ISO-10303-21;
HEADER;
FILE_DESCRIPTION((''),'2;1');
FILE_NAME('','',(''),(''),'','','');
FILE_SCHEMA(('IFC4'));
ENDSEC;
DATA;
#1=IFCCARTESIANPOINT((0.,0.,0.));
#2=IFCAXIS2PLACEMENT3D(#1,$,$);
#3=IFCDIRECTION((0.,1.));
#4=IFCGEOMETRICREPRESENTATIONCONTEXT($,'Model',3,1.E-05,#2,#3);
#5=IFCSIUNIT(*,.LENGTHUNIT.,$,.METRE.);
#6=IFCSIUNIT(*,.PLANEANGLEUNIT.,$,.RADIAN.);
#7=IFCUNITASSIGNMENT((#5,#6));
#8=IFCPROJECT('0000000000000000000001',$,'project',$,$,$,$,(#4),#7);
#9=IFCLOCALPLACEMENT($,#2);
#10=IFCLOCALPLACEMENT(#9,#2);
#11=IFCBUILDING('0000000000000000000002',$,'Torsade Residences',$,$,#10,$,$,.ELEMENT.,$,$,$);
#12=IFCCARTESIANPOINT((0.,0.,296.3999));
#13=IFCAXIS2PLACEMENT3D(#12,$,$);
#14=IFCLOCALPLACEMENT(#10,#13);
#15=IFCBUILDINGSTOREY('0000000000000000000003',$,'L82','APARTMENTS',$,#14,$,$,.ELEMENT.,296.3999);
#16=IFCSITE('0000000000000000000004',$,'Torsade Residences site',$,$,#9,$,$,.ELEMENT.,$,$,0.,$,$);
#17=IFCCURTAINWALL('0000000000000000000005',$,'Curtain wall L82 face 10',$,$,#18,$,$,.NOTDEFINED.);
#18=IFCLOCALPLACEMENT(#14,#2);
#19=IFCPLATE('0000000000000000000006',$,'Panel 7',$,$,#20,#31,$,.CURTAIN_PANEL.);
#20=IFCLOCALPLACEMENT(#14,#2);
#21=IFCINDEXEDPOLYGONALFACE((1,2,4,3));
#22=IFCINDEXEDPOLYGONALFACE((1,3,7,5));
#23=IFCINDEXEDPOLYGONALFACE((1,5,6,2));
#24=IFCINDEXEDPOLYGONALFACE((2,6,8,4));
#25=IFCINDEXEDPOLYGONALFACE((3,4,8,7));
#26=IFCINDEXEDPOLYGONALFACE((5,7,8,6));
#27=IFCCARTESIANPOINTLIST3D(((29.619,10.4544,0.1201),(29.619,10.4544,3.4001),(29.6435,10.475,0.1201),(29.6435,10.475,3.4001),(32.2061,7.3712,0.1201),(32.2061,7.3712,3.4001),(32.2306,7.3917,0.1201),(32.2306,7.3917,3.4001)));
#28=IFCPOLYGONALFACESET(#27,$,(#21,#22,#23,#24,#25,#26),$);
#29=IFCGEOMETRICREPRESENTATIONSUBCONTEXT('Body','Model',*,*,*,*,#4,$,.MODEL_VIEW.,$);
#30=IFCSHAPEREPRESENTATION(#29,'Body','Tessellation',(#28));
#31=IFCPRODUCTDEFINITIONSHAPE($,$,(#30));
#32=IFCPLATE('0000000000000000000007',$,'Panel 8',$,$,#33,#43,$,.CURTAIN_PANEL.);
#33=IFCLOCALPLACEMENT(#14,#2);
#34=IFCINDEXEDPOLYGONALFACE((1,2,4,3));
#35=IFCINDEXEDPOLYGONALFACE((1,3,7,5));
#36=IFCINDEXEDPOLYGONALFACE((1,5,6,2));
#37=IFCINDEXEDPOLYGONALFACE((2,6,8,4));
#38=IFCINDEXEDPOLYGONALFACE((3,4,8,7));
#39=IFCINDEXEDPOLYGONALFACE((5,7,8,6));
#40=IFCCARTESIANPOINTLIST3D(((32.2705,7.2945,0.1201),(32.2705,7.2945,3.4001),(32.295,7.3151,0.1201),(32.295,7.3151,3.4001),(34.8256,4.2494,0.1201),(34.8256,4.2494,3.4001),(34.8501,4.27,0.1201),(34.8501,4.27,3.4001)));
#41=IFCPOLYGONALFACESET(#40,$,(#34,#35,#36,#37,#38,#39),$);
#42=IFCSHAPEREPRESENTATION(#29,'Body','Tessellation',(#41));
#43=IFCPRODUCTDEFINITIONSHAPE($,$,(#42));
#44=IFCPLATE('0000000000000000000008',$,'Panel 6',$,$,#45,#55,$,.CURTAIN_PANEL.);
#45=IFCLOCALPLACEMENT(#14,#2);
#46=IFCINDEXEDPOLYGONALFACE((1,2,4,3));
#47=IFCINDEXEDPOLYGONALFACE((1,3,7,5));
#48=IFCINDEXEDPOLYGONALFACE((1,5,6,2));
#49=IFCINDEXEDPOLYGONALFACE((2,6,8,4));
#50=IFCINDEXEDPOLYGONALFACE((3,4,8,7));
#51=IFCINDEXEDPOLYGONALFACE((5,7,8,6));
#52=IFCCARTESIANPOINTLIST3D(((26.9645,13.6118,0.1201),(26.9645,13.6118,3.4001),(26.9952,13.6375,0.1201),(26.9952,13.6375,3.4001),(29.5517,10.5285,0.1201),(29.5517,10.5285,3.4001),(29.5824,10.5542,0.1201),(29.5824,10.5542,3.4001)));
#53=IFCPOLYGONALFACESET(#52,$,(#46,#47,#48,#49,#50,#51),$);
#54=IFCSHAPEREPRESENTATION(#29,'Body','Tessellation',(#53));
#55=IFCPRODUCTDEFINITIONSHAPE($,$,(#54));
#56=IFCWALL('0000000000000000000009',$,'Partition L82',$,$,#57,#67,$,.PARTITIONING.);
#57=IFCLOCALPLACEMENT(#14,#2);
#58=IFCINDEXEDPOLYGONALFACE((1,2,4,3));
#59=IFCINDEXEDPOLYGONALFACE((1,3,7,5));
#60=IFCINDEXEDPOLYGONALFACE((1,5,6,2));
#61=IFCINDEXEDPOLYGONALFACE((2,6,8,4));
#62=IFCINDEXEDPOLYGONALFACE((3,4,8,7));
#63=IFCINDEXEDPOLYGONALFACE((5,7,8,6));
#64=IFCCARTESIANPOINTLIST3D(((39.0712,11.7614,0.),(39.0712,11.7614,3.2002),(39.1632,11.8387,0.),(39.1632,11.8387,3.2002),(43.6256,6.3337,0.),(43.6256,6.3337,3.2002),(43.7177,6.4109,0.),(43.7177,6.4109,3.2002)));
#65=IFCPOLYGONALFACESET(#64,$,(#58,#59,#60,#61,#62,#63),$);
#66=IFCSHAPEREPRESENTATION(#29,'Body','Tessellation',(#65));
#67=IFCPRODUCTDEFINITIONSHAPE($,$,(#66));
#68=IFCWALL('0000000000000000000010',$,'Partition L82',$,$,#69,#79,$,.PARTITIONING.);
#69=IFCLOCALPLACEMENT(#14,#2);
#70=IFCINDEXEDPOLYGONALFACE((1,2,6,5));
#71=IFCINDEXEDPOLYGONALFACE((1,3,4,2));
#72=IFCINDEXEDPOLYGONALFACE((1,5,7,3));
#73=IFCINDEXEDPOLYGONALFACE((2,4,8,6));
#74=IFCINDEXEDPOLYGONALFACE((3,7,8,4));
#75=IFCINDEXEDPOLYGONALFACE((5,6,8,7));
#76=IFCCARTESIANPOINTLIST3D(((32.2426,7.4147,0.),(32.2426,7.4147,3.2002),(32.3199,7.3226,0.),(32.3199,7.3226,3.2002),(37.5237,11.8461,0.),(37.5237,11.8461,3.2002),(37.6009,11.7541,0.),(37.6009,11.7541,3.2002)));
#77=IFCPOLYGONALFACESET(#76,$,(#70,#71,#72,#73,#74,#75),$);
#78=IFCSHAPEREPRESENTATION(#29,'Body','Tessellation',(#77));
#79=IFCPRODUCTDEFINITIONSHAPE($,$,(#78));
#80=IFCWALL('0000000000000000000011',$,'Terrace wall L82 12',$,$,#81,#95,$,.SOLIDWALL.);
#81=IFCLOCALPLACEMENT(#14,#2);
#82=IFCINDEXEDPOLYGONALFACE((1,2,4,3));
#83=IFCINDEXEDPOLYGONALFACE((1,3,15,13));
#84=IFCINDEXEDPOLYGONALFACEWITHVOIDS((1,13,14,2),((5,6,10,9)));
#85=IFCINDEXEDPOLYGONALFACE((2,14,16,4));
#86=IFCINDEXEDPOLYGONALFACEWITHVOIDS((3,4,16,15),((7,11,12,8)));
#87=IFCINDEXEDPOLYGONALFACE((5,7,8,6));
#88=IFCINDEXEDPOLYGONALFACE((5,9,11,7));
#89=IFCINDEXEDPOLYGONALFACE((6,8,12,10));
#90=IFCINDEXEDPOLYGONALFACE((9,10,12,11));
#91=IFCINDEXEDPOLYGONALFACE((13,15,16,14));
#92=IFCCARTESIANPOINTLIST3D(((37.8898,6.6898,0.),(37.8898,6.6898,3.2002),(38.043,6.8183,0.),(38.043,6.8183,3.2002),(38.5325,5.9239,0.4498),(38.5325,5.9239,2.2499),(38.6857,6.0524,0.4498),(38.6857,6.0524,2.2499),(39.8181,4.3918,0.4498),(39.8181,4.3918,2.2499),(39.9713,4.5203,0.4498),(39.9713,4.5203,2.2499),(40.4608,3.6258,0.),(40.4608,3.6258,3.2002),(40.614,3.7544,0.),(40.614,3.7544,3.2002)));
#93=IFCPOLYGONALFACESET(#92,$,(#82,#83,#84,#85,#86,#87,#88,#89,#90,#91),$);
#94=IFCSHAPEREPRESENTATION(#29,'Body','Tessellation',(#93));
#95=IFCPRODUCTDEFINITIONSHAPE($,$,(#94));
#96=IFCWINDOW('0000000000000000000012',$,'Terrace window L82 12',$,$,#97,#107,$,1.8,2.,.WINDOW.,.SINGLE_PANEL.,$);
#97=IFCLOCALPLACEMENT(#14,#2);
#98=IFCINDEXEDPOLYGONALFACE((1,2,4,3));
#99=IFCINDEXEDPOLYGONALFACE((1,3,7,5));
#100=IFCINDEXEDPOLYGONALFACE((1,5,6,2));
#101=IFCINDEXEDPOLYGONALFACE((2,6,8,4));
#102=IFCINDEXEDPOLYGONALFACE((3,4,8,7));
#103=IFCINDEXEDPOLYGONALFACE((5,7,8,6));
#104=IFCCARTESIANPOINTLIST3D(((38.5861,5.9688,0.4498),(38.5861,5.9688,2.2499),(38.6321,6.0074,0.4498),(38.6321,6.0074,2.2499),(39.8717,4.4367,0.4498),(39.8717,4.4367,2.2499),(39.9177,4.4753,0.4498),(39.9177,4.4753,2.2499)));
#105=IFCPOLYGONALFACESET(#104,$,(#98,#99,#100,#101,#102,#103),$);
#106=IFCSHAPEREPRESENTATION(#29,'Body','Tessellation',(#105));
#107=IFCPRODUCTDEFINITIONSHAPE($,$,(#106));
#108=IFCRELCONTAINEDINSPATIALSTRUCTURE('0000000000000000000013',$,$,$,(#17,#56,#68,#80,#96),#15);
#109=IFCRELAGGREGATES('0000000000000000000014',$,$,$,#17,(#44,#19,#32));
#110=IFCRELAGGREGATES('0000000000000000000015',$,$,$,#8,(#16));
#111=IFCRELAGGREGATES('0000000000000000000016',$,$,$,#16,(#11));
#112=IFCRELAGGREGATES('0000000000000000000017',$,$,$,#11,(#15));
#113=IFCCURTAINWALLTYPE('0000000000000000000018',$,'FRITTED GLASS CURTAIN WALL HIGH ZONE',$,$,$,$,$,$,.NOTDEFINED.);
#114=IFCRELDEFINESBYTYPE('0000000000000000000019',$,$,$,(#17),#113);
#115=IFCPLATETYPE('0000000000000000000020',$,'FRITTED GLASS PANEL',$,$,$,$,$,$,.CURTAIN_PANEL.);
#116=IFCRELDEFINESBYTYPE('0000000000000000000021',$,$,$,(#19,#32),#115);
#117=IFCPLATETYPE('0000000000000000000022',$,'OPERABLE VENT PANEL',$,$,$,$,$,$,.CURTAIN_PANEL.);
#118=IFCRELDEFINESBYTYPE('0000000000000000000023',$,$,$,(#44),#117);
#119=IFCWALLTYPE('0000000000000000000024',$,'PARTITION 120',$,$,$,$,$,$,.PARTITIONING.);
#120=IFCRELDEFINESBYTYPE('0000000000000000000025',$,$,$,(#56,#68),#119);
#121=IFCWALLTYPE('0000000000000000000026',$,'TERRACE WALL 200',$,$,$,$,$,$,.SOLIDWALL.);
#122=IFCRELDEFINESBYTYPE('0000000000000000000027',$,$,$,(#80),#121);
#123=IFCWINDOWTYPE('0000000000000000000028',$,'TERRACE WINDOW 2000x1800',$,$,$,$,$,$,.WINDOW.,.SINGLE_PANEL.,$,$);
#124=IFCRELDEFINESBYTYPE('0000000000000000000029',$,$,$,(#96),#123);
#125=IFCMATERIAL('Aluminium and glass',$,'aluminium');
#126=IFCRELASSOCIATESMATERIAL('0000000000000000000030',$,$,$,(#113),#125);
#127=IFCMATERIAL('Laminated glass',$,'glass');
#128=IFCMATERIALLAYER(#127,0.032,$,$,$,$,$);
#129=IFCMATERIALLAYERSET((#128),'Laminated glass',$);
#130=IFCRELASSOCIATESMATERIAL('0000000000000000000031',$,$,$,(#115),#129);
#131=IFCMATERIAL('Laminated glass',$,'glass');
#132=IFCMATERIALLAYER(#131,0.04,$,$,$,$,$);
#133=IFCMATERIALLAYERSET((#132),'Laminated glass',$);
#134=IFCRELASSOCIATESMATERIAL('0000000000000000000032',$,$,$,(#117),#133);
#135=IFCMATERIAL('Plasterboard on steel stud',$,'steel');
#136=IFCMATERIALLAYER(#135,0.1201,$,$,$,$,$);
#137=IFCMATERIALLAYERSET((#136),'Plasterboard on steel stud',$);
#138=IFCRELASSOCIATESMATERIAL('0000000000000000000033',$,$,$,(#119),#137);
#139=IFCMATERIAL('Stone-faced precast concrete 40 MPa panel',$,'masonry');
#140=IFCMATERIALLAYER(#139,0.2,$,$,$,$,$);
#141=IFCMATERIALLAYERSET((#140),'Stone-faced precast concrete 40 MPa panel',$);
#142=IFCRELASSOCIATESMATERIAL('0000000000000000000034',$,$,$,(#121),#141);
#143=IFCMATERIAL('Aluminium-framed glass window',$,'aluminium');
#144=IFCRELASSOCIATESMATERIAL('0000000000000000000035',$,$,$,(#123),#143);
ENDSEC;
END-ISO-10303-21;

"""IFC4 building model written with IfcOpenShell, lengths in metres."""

from ifc_helpers import new_model, si_unit, direction, frame, frame_2d, origin, origin_2d, place, context, subcontext, project, spatial, rectangle, extrude, material, layer, layer_set, type_object, element, fill, aggregate, save


model = new_model("IFC4")

# Units and contexts
model_context = context("Model", 3, precision=1e-05, world=origin(), true_north=direction((0.0, 1.0)))
body_context = subcontext(model_context, "Body", "Model", "MODEL_VIEW")
ifc_project = project(units=[si_unit("LENGTHUNIT", "METRE"), si_unit("PLANEANGLEUNIT", "RADIAN")], contexts=[model_context])

# Site, building, storey
site_placement = place(None, origin())
site = spatial("IfcSite", under=ifc_project, at=site_placement, Name="Torsade Residences site", CompositionType="ELEMENT", RefElevation=0.0)
building_placement = place(site_placement, origin())
building = spatial("IfcBuilding", under=site, at=building_placement, Name="Torsade Residences", CompositionType="ELEMENT")
storey_placement = place(building_placement, frame((0.0, 0.0, 296.3999)))
storey = spatial("IfcBuildingStorey", under=building, at=storey_placement, Name="L82", Description="APARTMENTS", CompositionType="ELEMENT", Elevation=296.3999)

# Curtain wall
ifc_material_1 = material(Name="Aluminium and glass", Category="aluminium")
curtain_wall_type = type_object("IfcCurtainWallType", Name="FRITTED GLASS CURTAIN WALL HIGH ZONE", PredefinedType="NOTDEFINED", material=ifc_material_1)
curtain_wall_placement = place(storey_placement, origin())
curtain_wall = element("IfcCurtainWall", 1, at=curtain_wall_placement, inside=storey, type_object=curtain_wall_type, Name="Curtain wall L82 face 10", PredefinedType="NOTDEFINED")

# Plates
ifc_material_2 = material(Name="Laminated glass", Category="glass")
ifc_layer_1 = layer(ifc_material_2, 0.032)
ifc_layer_set_1 = layer_set([ifc_layer_1], Name="Laminated glass")
plate_type_1 = type_object("IfcPlateType", Name="FRITTED GLASS PANEL", PredefinedType="CURTAIN_PANEL", material=ifc_layer_set_1)
plate_1_placement = place(storey_placement, frame((30.9248, 8.9231, 0.1201), z_axis=(0.0, 0.0, 1.0), x_axis=(0.642788, -0.766044, 0.0)))
plate_1 = element("IfcPlate", 2, at=plate_1_placement, type_object=plate_type_1, Name="Panel 7", PredefinedType="CURTAIN_PANEL", context=body_context, shape_type="SweptSolid", body=[
    extrude(rectangle(XDim=4.0249, YDim=0.032, at=origin_2d()), origin(), (0.0, 0.0, 1.0), 3.28),
])
plate_2_placement = place(storey_placement, frame((33.5603, 5.7822, 0.1201), z_axis=(0.0, 0.0, 1.0), x_axis=(0.642788, -0.766044, 0.0)))
plate_2 = element("IfcPlate", 3, at=plate_2_placement, type_object=plate_type_1, Name="Panel 8", PredefinedType="CURTAIN_PANEL", context=body_context, shape_type="SweptSolid", body=[
    extrude(rectangle(XDim=3.9751, YDim=0.032, at=origin_2d()), origin(), (0.0, 0.0, 1.0), 3.28),
])
ifc_material_3 = material(Name="Laminated glass", Category="glass")
ifc_layer_2 = layer(ifc_material_3, 0.04)
ifc_layer_set_2 = layer_set([ifc_layer_2], Name="Laminated glass")
plate_type_2 = type_object("IfcPlateType", Name="OPERABLE VENT PANEL", PredefinedType="CURTAIN_PANEL", material=ifc_layer_set_2)
plate_3_placement = place(storey_placement, frame((28.2734, 12.083, 0.1201), z_axis=(0.0, 0.0, 1.0), x_axis=(0.642788, -0.766044, 0.0)))
plate_3 = element("IfcPlate", 4, at=plate_3_placement, type_object=plate_type_2, Name="Panel 6", PredefinedType="CURTAIN_PANEL", context=body_context, shape_type="SweptSolid", body=[
    extrude(rectangle(XDim=4.0249, YDim=0.04, at=origin_2d()), origin(), (0.0, 0.0, 1.0), 3.28),
])
aggregate(curtain_wall, [plate_3, plate_1, plate_2])

# Walls
ifc_material_4 = material(Name="Plasterboard on steel stud", Category="steel")
ifc_layer_3 = layer(ifc_material_4, 0.1201)
ifc_layer_set_3 = layer_set([ifc_layer_3], Name="Plasterboard on steel stud")
wall_type_1 = type_object("IfcWallType", Name="PARTITION 120", PredefinedType="PARTITIONING", material=ifc_layer_set_3)
wall_1_placement = place(storey_placement, frame((39.1172, 11.8, 0.0), z_axis=(0.0, 0.0, 1.0), x_axis=(0.64279, -0.766042, 0.0)))
element("IfcWall", 5, at=wall_1_placement, inside=storey, type_object=wall_type_1, Name="Partition L82", PredefinedType="PARTITIONING", context=body_context, shape_type="SweptSolid", body=[
    extrude(rectangle(XDim=7.0854, YDim=0.1201, at=frame_2d((3.5427, 0.0))), origin(), (0.0, 0.0, 1.0), 3.2002),
])
wall_2_placement = place(storey_placement, frame((32.2812, 7.3687, 0.0), z_axis=(0.0, 0.0, 1.0), x_axis=(0.766037, 0.642797, 0.0)))
element("IfcWall", 6, at=wall_2_placement, inside=storey, type_object=wall_type_1, Name="Partition L82", PredefinedType="PARTITIONING", context=body_context, shape_type="SweptSolid", body=[
    extrude(rectangle(XDim=6.894, YDim=0.1201, at=frame_2d((3.447, 0.0))), origin(), (0.0, 0.0, 1.0), 3.2002),
])

# Shared definitions
ifc_material_5 = material(Name="Stone-faced precast concrete 40 MPa panel", Category="masonry")
ifc_layer_4 = layer(ifc_material_5, 0.2)
ifc_layer_set_4 = layer_set([ifc_layer_4], Name="Stone-faced precast concrete 40 MPa panel")
wall_type_2 = type_object("IfcWallType", Name="TERRACE WALL 200", PredefinedType="SOLIDWALL", material=ifc_layer_set_4)

# Wall, opening, window
wall_3_placement = place(storey_placement, frame((37.9663, 6.7542, 0.0), z_axis=(0.0, 0.0, 1.0), x_axis=(0.642798, -0.766035, 0.0)))
wall_3 = element("IfcWall", 7, at=wall_3_placement, inside=storey, type_object=wall_type_2, Name="Terrace wall L82 12", PredefinedType="SOLIDWALL", context=body_context, shape_type="SweptSolid", body=[
    extrude(rectangle(XDim=3.9998, YDim=0.2, at=frame_2d((2.0, 0.0))), origin(), (0.0, 0.0, 1.0), 3.2002),
])
opening_1_placement = place(wall_3_placement, frame((1.0, 0.0, 0.45)))
opening_1 = element("IfcOpeningElement", 8, at=opening_1_placement, cuts=wall_3, PredefinedType="OPENING", context=body_context, shape_type="SweptSolid", body=[
    extrude(rectangle(XDim=2.0, YDim=1.8, at=frame_2d((1.0, 0.8999))), frame((0.0, 0.1099, 0.0), z_axis=(0.0, -1.0, 0.0), x_axis=(1.0, 0.0, 0.0)), (0.0, 0.0, 1.0), 0.22),
])
ifc_material_6 = material(Name="Aluminium-framed glass window", Category="aluminium")
window_type = type_object("IfcWindowType", Name="TERRACE WINDOW 2000x1800", PartitioningType="SINGLE_PANEL", PredefinedType="WINDOW", material=ifc_material_6)
window_placement = place(opening_1_placement, origin())
window = element("IfcWindow", 9, at=window_placement, inside=storey, type_object=window_type, Name="Terrace window L82 12", OverallHeight=1.8, OverallWidth=2.0, PartitioningType="SINGLE_PANEL", PredefinedType="WINDOW", context=body_context, shape_type="SweptSolid", body=[
    extrude(rectangle(XDim=2.0, YDim=1.8, at=frame_2d((1.0, 0.8999))), frame((0.0, 0.03, 0.0), z_axis=(0.0, -1.0, 0.0), x_axis=(1.0, 0.0, 0.0)), (0.0, 0.0, 1.0), 0.0601),
])
fill(opening_1, window)

save(model, "model.ifc")
